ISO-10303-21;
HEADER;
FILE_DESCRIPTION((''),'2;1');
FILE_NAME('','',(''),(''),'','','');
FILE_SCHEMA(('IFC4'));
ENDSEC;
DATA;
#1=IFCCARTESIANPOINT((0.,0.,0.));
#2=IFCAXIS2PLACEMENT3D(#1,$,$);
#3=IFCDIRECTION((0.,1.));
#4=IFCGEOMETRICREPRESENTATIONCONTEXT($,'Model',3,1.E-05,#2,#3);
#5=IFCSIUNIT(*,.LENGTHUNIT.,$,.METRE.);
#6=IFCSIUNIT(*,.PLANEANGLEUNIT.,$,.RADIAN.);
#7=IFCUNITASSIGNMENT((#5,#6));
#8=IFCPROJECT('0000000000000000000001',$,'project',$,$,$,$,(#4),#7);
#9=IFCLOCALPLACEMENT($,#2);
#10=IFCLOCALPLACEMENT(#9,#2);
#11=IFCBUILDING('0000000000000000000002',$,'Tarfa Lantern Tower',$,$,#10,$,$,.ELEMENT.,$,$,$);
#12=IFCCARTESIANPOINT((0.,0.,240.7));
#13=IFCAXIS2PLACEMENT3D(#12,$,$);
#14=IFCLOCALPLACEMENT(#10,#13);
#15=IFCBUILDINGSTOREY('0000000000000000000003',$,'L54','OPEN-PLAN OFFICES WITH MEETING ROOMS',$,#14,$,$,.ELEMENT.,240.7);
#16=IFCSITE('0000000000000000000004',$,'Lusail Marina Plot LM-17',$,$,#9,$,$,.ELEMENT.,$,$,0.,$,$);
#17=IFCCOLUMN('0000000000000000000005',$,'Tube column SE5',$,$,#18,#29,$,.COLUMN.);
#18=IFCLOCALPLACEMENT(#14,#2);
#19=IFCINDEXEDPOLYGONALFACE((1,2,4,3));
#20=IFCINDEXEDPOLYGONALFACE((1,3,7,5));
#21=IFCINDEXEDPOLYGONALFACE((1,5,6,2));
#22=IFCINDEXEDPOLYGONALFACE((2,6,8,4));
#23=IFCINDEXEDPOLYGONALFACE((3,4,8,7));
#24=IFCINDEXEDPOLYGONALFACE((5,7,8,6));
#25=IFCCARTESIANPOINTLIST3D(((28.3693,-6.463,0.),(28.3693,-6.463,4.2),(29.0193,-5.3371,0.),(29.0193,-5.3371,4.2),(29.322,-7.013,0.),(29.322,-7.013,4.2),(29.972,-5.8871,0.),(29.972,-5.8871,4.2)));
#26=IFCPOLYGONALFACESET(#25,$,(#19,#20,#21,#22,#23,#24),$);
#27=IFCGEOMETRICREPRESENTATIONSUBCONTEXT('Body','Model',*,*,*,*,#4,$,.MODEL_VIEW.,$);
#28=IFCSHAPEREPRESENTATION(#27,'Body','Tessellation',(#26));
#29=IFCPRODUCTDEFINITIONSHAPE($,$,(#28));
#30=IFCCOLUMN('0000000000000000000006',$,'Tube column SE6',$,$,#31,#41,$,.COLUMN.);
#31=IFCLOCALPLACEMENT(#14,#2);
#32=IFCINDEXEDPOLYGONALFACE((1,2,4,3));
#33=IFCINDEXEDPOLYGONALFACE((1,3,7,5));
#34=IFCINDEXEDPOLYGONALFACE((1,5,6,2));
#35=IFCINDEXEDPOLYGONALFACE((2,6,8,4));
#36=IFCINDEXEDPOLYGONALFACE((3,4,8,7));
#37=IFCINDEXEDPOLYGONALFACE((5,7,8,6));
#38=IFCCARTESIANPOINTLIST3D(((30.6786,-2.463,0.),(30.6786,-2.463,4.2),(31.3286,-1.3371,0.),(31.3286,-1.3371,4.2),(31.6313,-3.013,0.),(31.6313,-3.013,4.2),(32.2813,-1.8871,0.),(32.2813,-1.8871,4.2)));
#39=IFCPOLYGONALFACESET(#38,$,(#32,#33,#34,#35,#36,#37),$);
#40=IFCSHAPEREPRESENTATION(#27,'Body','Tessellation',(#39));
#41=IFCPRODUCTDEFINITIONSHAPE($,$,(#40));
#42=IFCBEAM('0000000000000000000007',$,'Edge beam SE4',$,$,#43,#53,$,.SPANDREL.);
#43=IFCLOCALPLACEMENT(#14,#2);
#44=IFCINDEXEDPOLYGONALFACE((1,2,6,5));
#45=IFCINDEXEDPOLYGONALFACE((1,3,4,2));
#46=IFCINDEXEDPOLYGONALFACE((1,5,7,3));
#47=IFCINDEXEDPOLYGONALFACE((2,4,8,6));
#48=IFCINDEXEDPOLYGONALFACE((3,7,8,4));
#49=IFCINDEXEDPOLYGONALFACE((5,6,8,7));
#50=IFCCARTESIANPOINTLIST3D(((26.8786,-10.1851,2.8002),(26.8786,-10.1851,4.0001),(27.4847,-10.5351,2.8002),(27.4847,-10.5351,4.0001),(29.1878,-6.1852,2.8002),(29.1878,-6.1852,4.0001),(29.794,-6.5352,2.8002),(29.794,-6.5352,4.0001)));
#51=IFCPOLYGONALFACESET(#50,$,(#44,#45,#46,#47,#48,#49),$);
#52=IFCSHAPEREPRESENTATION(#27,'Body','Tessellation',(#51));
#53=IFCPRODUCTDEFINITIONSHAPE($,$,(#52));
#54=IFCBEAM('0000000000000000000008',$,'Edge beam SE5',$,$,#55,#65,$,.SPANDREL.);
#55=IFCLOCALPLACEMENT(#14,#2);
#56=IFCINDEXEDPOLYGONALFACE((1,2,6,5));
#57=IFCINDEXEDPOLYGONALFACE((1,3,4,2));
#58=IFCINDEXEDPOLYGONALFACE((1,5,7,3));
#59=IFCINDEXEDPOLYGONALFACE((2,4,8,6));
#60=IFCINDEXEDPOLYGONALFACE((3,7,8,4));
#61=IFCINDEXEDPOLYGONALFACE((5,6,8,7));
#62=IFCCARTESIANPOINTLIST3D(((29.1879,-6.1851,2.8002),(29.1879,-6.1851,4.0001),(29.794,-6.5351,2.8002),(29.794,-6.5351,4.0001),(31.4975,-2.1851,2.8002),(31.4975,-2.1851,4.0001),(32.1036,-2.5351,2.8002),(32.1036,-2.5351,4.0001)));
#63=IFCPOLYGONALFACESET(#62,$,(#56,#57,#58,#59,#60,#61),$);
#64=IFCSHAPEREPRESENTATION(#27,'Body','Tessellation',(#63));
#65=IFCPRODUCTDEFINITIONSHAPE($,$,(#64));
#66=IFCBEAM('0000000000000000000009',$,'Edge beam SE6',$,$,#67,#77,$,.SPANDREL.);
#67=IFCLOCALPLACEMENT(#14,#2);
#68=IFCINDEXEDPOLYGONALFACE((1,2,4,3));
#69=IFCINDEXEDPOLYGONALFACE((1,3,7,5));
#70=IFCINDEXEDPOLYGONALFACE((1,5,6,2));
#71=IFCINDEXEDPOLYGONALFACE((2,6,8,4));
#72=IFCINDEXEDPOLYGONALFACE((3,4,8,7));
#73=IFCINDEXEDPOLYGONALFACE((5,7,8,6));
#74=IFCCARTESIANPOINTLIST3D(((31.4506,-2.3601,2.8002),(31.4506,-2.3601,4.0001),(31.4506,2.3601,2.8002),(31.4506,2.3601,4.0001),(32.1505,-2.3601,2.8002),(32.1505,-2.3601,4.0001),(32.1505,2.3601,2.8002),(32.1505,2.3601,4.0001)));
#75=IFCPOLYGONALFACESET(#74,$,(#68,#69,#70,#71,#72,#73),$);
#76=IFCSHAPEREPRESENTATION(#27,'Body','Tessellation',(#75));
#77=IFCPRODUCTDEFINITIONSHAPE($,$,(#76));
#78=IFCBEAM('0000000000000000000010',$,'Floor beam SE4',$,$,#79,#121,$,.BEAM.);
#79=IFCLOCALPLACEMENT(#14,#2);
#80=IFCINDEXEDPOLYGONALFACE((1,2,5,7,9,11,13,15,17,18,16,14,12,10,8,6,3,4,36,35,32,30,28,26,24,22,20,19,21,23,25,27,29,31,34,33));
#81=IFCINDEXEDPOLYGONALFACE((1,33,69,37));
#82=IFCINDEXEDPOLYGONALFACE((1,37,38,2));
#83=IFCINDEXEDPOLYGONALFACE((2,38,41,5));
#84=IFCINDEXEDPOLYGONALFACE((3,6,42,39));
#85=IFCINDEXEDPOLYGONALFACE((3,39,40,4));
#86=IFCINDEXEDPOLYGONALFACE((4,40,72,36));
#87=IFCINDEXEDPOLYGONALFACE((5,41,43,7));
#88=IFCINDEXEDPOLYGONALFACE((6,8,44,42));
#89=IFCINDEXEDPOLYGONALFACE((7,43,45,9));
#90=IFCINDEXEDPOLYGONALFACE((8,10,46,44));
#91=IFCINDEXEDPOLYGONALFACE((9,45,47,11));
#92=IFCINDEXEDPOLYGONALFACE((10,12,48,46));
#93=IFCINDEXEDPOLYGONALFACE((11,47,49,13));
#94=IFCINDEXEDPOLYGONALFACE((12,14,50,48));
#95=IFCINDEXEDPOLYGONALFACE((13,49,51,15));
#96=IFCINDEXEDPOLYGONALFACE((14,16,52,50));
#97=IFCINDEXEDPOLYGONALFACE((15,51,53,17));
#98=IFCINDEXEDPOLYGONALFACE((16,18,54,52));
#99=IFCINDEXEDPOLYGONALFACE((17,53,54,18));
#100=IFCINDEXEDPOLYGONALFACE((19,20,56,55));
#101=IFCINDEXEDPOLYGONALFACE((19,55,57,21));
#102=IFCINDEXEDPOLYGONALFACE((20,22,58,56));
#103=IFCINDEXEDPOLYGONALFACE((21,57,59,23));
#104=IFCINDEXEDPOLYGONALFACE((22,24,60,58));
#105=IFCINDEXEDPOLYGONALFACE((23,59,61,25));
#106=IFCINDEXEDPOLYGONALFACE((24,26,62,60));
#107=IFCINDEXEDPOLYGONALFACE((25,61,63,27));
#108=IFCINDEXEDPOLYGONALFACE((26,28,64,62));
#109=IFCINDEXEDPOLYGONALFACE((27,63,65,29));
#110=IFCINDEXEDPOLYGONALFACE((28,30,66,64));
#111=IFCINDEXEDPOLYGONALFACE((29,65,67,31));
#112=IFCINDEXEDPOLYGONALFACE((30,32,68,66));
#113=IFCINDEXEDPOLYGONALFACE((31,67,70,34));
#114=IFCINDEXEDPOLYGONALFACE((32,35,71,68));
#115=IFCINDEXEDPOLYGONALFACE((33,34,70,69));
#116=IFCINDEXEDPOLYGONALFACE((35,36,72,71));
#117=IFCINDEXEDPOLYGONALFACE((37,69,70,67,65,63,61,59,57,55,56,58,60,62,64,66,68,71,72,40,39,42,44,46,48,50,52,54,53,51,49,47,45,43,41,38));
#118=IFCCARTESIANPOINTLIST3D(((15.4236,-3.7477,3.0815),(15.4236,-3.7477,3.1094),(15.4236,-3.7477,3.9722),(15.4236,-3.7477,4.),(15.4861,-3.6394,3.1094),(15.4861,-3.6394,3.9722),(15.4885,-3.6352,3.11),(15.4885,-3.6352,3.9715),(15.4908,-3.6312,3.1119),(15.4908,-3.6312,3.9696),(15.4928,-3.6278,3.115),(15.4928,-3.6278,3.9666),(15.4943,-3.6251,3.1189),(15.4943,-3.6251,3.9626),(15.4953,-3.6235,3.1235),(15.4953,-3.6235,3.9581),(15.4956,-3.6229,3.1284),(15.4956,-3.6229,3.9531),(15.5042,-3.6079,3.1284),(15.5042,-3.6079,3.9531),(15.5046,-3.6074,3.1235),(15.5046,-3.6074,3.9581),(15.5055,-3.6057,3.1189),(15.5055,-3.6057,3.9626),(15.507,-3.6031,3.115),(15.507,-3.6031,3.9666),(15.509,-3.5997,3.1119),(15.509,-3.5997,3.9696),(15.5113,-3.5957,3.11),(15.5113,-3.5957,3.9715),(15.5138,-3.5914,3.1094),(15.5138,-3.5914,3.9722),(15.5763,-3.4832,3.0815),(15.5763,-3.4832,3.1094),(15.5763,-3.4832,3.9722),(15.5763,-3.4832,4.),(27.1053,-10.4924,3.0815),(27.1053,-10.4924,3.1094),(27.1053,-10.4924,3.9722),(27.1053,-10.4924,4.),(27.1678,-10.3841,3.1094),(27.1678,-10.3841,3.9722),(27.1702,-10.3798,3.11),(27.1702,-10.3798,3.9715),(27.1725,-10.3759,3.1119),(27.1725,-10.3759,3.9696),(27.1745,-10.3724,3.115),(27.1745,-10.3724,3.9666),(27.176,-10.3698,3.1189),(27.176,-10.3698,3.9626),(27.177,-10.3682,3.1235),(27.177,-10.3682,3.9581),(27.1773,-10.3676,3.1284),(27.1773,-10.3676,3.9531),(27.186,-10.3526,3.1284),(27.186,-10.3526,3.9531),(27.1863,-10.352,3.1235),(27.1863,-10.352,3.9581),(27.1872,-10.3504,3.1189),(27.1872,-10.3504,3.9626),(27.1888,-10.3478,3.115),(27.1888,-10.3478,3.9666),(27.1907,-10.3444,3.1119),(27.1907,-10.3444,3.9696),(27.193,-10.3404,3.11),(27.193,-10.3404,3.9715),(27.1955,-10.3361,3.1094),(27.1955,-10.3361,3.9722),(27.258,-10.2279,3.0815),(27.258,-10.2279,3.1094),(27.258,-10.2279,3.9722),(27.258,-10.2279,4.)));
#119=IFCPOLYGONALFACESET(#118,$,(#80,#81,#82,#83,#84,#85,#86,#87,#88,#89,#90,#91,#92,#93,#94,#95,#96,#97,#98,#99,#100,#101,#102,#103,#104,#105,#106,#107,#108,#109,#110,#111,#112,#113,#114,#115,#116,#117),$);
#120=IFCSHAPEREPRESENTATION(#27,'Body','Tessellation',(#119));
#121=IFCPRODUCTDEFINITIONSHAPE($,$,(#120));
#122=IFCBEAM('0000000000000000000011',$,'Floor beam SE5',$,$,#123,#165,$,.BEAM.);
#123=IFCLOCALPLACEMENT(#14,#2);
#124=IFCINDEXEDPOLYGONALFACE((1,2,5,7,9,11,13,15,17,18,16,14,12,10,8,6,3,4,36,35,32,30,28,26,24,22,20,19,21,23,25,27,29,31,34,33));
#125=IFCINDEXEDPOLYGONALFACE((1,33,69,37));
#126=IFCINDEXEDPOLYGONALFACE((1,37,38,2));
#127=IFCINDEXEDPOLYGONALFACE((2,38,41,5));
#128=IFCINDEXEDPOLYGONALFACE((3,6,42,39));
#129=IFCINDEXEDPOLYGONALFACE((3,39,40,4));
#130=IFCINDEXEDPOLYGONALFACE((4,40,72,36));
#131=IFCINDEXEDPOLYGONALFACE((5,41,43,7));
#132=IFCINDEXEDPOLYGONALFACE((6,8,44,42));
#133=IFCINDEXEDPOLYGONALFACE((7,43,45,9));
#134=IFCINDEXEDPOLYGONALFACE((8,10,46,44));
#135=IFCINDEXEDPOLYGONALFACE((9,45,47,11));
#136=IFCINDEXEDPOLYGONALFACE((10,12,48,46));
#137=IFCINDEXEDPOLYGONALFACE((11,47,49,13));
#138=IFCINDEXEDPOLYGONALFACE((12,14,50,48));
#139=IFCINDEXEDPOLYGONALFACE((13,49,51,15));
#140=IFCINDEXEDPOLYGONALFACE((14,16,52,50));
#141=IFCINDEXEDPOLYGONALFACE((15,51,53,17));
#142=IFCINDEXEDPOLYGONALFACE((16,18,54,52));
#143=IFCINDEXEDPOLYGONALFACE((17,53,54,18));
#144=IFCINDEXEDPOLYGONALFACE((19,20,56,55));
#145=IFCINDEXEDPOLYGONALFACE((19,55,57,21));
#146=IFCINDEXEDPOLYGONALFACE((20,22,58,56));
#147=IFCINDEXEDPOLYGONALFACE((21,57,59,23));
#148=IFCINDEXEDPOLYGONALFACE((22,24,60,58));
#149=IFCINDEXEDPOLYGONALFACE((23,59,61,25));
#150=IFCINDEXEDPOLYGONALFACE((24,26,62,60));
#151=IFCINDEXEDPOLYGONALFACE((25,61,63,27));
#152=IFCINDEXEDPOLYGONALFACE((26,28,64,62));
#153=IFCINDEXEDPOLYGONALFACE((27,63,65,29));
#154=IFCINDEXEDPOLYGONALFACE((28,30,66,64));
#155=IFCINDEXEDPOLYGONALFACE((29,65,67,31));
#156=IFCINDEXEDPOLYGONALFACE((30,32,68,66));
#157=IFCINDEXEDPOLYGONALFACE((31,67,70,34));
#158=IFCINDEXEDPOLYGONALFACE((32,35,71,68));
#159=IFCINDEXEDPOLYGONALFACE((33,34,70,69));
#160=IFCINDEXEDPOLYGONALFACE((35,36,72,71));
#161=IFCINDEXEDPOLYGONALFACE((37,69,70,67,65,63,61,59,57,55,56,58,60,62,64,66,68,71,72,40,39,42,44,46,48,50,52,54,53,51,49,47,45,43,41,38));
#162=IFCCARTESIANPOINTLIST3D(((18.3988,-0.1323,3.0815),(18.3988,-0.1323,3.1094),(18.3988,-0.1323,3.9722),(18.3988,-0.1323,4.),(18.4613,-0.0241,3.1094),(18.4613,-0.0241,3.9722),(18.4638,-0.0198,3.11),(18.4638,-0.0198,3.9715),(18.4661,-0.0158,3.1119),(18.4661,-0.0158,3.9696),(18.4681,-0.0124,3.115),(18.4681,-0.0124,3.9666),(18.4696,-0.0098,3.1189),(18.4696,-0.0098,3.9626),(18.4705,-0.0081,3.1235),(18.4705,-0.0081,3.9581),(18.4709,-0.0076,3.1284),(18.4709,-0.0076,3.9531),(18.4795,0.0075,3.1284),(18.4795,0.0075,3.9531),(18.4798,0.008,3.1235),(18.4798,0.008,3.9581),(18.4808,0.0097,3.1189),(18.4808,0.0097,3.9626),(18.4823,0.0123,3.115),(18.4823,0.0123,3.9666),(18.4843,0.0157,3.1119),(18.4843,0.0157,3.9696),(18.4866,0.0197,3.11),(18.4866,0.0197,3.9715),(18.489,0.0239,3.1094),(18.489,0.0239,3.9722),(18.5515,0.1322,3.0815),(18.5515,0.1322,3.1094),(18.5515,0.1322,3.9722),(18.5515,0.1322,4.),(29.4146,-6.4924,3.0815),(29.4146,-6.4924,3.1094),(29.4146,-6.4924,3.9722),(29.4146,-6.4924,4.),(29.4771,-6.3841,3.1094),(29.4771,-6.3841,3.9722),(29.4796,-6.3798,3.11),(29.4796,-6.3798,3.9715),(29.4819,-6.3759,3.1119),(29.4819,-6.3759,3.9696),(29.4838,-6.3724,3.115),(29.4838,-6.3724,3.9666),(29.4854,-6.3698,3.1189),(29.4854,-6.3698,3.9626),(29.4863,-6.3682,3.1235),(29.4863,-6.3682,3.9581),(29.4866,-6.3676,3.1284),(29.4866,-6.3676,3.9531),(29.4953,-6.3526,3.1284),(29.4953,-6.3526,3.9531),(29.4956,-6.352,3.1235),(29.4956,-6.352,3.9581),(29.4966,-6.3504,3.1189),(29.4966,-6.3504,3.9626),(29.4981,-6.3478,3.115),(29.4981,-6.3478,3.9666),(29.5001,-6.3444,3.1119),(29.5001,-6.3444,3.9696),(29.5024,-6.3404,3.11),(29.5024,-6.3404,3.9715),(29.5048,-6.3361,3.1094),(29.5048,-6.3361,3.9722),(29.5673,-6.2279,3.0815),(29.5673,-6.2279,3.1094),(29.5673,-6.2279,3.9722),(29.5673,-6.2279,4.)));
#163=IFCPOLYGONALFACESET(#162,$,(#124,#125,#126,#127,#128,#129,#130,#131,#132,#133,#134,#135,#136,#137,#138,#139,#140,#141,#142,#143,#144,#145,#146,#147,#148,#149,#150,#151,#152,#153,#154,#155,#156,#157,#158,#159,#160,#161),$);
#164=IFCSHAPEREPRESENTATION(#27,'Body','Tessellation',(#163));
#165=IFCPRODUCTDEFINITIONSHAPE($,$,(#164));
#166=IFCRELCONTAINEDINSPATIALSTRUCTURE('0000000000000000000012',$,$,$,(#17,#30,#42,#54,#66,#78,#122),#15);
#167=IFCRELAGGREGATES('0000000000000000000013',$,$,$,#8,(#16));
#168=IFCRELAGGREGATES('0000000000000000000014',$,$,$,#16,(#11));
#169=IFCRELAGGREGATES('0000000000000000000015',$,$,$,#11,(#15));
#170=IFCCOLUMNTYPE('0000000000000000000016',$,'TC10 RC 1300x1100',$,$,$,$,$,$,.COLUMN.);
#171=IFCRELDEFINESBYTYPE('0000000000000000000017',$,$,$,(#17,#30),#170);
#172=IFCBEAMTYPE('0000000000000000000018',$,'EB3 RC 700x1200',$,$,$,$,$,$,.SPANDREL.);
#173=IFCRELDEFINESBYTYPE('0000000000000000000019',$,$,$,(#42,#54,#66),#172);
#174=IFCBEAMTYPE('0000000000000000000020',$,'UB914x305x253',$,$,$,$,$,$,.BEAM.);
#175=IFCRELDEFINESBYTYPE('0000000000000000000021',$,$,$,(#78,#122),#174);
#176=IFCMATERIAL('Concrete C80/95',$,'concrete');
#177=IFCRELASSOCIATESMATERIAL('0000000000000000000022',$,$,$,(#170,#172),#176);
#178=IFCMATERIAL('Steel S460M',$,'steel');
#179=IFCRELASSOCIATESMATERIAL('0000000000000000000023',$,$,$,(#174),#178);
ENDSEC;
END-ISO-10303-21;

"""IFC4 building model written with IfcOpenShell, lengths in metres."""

from ifc_helpers import new_model, si_unit, direction, frame, origin, origin_2d, place, context, subcontext, project, spatial, rectangle, i_section, extrude, material, material_profile, profile_set, type_object, element, save


model = new_model("IFC4")

# Units and contexts
model_context = context("Model", 3, precision=1e-05, world=origin(), true_north=direction((0.0, 1.0)))
body_context = subcontext(model_context, "Body", "Model", "MODEL_VIEW")
ifc_project = project(units=[si_unit("LENGTHUNIT", "METRE"), si_unit("PLANEANGLEUNIT", "RADIAN")], contexts=[model_context])

# Site, building, storey
site_placement = place(None, origin())
site = spatial("IfcSite", under=ifc_project, at=site_placement, Name="Lusail Marina Plot LM-17", CompositionType="ELEMENT", RefElevation=0.0)
building_placement = place(site_placement, origin())
building = spatial("IfcBuilding", under=site, at=building_placement, Name="Tarfa Lantern Tower", CompositionType="ELEMENT")
storey_placement = place(building_placement, frame((0.0, 0.0, 240.7)))
storey = spatial("IfcBuildingStorey", under=building, at=storey_placement, Name="L54", Description="OPEN-PLAN OFFICES WITH MEETING ROOMS", CompositionType="ELEMENT", Elevation=240.7)

# Columns
ifc_material_1 = material(Name="Concrete C80/95", Category="concrete")
ifc_material_profile_1 = material_profile(ifc_material_1, rectangle(XDim=1.3, YDim=1.1001, at=origin_2d()), Name="RC 1300x1100")
ifc_profile_set_1 = profile_set([ifc_material_profile_1], Name="Concrete C80/95")
column_type = type_object("IfcColumnType", Name="TC10 RC 1300x1100", PredefinedType="COLUMN", material=ifc_profile_set_1)
for number, where, z_axis, x_axis, name in (
    (1, (29.1707, -6.175, 0.0), (0.0, 0.0, 1.0), (0.5, 0.866025, 0.0), "Tube column SE5"),
    (2, (31.48, -2.175, 0.0), (0.0, 0.0, 1.0), (0.5, 0.866025, 0.0), "Tube column SE6"),
):
    element("IfcColumn", number, at=place(storey_placement, frame(where, z_axis=z_axis, x_axis=x_axis)), inside=storey, type_object=column_type, Name=name, PredefinedType="COLUMN", context=body_context, shape_type="SweptSolid", body=[
        extrude(rectangle(XDim=1.3, YDim=1.1001, at=origin_2d()), origin(), (0.0, 0.0, 1.0), 4.2),
    ])

# Beams
ifc_material_profile_2 = material_profile(ifc_material_1, rectangle(XDim=0.7, YDim=1.2, at=origin_2d()), Name="RC 700x1200")
ifc_profile_set_2 = profile_set([ifc_material_profile_2], Name="Concrete C80/95")
beam_type_1 = type_object("IfcBeamType", Name="EB3 RC 700x1200", PredefinedType="SPANDREL", material=ifc_profile_set_2)
beam_1_placement = place(storey_placement, frame((27.1816, -10.3601, 3.4001), z_axis=(0.499988, 0.866032, 0.0), x_axis=(-0.866032, 0.499988, 0.0)))
element("IfcBeam", 3, at=beam_1_placement, inside=storey, type_object=beam_type_1, Name="Edge beam SE4", PredefinedType="SPANDREL", context=body_context, shape_type="SweptSolid", body=[
    extrude(rectangle(XDim=0.7, YDim=1.2, at=origin_2d()), origin(), (0.0, 0.0, 1.0), 4.6187),
])
beam_2_placement = place(storey_placement, frame((29.491, -6.3601, 3.4001), z_axis=(0.500027, 0.86601, 0.0), x_axis=(-0.86601, 0.500027, 0.0)))
element("IfcBeam", 4, at=beam_2_placement, inside=storey, type_object=beam_type_1, Name="Edge beam SE5", PredefinedType="SPANDREL", context=body_context, shape_type="SweptSolid", body=[
    extrude(rectangle(XDim=0.7, YDim=1.2, at=origin_2d()), origin(), (0.0, 0.0, 1.0), 4.6189),
])
beam_3_placement = place(storey_placement, frame((31.8005, -2.3601, 3.4001), z_axis=(0.0, 1.0, 0.0), x_axis=(-1.0, 0.0, 0.0)))
element("IfcBeam", 5, at=beam_3_placement, inside=storey, type_object=beam_type_1, Name="Edge beam SE6", PredefinedType="SPANDREL", context=body_context, shape_type="SweptSolid", body=[
    extrude(rectangle(XDim=0.7, YDim=1.2, at=origin_2d()), origin(), (0.0, 0.0, 1.0), 4.7202),
])
ifc_material_2 = material(Name="Steel S460M", Category="steel")
ifc_material_profile_3 = material_profile(ifc_material_2, i_section(OverallWidth=0.3054, OverallDepth=0.9185, WebThickness=0.0173, FlangeThickness=0.0278, FilletRadius=0.019, at=origin_2d()), Name="UB914x305x253")
ifc_profile_set_3 = profile_set([ifc_material_profile_3], Name="Steel S460M")
beam_type_2 = type_object("IfcBeamType", Name="UB914x305x253", PredefinedType="BEAM", material=ifc_profile_set_3)
beam_4_placement = place(storey_placement, frame((27.1816, -10.3601, 3.5408), z_axis=(-0.866018, 0.500013, 0.0), x_axis=(-0.500013, -0.866018, 0.0)))
element("IfcBeam", 6, at=beam_4_placement, inside=storey, type_object=beam_type_2, Name="Floor beam SE4", PredefinedType="BEAM", context=body_context, shape_type="SweptSolid", body=[
    extrude(i_section(OverallWidth=0.3054, OverallDepth=0.9185, WebThickness=0.0173, FlangeThickness=0.0278, FilletRadius=0.019, at=origin_2d()), origin(), (0.0, 0.0, 1.0), 13.489),
])
beam_5_placement = place(storey_placement, frame((29.491, -6.3601, 3.5408), z_axis=(-0.866022, 0.500005, 0.0), x_axis=(-0.500005, -0.866022, 0.0)))
element("IfcBeam", 7, at=beam_5_placement, inside=storey, type_object=beam_type_2, Name="Floor beam SE5", PredefinedType="BEAM", context=body_context, shape_type="SweptSolid", body=[
    extrude(i_section(OverallWidth=0.3054, OverallDepth=0.9185, WebThickness=0.0173, FlangeThickness=0.0278, FilletRadius=0.019, at=origin_2d()), origin(), (0.0, 0.0, 1.0), 12.72),
])

save(model, "model.ifc")
